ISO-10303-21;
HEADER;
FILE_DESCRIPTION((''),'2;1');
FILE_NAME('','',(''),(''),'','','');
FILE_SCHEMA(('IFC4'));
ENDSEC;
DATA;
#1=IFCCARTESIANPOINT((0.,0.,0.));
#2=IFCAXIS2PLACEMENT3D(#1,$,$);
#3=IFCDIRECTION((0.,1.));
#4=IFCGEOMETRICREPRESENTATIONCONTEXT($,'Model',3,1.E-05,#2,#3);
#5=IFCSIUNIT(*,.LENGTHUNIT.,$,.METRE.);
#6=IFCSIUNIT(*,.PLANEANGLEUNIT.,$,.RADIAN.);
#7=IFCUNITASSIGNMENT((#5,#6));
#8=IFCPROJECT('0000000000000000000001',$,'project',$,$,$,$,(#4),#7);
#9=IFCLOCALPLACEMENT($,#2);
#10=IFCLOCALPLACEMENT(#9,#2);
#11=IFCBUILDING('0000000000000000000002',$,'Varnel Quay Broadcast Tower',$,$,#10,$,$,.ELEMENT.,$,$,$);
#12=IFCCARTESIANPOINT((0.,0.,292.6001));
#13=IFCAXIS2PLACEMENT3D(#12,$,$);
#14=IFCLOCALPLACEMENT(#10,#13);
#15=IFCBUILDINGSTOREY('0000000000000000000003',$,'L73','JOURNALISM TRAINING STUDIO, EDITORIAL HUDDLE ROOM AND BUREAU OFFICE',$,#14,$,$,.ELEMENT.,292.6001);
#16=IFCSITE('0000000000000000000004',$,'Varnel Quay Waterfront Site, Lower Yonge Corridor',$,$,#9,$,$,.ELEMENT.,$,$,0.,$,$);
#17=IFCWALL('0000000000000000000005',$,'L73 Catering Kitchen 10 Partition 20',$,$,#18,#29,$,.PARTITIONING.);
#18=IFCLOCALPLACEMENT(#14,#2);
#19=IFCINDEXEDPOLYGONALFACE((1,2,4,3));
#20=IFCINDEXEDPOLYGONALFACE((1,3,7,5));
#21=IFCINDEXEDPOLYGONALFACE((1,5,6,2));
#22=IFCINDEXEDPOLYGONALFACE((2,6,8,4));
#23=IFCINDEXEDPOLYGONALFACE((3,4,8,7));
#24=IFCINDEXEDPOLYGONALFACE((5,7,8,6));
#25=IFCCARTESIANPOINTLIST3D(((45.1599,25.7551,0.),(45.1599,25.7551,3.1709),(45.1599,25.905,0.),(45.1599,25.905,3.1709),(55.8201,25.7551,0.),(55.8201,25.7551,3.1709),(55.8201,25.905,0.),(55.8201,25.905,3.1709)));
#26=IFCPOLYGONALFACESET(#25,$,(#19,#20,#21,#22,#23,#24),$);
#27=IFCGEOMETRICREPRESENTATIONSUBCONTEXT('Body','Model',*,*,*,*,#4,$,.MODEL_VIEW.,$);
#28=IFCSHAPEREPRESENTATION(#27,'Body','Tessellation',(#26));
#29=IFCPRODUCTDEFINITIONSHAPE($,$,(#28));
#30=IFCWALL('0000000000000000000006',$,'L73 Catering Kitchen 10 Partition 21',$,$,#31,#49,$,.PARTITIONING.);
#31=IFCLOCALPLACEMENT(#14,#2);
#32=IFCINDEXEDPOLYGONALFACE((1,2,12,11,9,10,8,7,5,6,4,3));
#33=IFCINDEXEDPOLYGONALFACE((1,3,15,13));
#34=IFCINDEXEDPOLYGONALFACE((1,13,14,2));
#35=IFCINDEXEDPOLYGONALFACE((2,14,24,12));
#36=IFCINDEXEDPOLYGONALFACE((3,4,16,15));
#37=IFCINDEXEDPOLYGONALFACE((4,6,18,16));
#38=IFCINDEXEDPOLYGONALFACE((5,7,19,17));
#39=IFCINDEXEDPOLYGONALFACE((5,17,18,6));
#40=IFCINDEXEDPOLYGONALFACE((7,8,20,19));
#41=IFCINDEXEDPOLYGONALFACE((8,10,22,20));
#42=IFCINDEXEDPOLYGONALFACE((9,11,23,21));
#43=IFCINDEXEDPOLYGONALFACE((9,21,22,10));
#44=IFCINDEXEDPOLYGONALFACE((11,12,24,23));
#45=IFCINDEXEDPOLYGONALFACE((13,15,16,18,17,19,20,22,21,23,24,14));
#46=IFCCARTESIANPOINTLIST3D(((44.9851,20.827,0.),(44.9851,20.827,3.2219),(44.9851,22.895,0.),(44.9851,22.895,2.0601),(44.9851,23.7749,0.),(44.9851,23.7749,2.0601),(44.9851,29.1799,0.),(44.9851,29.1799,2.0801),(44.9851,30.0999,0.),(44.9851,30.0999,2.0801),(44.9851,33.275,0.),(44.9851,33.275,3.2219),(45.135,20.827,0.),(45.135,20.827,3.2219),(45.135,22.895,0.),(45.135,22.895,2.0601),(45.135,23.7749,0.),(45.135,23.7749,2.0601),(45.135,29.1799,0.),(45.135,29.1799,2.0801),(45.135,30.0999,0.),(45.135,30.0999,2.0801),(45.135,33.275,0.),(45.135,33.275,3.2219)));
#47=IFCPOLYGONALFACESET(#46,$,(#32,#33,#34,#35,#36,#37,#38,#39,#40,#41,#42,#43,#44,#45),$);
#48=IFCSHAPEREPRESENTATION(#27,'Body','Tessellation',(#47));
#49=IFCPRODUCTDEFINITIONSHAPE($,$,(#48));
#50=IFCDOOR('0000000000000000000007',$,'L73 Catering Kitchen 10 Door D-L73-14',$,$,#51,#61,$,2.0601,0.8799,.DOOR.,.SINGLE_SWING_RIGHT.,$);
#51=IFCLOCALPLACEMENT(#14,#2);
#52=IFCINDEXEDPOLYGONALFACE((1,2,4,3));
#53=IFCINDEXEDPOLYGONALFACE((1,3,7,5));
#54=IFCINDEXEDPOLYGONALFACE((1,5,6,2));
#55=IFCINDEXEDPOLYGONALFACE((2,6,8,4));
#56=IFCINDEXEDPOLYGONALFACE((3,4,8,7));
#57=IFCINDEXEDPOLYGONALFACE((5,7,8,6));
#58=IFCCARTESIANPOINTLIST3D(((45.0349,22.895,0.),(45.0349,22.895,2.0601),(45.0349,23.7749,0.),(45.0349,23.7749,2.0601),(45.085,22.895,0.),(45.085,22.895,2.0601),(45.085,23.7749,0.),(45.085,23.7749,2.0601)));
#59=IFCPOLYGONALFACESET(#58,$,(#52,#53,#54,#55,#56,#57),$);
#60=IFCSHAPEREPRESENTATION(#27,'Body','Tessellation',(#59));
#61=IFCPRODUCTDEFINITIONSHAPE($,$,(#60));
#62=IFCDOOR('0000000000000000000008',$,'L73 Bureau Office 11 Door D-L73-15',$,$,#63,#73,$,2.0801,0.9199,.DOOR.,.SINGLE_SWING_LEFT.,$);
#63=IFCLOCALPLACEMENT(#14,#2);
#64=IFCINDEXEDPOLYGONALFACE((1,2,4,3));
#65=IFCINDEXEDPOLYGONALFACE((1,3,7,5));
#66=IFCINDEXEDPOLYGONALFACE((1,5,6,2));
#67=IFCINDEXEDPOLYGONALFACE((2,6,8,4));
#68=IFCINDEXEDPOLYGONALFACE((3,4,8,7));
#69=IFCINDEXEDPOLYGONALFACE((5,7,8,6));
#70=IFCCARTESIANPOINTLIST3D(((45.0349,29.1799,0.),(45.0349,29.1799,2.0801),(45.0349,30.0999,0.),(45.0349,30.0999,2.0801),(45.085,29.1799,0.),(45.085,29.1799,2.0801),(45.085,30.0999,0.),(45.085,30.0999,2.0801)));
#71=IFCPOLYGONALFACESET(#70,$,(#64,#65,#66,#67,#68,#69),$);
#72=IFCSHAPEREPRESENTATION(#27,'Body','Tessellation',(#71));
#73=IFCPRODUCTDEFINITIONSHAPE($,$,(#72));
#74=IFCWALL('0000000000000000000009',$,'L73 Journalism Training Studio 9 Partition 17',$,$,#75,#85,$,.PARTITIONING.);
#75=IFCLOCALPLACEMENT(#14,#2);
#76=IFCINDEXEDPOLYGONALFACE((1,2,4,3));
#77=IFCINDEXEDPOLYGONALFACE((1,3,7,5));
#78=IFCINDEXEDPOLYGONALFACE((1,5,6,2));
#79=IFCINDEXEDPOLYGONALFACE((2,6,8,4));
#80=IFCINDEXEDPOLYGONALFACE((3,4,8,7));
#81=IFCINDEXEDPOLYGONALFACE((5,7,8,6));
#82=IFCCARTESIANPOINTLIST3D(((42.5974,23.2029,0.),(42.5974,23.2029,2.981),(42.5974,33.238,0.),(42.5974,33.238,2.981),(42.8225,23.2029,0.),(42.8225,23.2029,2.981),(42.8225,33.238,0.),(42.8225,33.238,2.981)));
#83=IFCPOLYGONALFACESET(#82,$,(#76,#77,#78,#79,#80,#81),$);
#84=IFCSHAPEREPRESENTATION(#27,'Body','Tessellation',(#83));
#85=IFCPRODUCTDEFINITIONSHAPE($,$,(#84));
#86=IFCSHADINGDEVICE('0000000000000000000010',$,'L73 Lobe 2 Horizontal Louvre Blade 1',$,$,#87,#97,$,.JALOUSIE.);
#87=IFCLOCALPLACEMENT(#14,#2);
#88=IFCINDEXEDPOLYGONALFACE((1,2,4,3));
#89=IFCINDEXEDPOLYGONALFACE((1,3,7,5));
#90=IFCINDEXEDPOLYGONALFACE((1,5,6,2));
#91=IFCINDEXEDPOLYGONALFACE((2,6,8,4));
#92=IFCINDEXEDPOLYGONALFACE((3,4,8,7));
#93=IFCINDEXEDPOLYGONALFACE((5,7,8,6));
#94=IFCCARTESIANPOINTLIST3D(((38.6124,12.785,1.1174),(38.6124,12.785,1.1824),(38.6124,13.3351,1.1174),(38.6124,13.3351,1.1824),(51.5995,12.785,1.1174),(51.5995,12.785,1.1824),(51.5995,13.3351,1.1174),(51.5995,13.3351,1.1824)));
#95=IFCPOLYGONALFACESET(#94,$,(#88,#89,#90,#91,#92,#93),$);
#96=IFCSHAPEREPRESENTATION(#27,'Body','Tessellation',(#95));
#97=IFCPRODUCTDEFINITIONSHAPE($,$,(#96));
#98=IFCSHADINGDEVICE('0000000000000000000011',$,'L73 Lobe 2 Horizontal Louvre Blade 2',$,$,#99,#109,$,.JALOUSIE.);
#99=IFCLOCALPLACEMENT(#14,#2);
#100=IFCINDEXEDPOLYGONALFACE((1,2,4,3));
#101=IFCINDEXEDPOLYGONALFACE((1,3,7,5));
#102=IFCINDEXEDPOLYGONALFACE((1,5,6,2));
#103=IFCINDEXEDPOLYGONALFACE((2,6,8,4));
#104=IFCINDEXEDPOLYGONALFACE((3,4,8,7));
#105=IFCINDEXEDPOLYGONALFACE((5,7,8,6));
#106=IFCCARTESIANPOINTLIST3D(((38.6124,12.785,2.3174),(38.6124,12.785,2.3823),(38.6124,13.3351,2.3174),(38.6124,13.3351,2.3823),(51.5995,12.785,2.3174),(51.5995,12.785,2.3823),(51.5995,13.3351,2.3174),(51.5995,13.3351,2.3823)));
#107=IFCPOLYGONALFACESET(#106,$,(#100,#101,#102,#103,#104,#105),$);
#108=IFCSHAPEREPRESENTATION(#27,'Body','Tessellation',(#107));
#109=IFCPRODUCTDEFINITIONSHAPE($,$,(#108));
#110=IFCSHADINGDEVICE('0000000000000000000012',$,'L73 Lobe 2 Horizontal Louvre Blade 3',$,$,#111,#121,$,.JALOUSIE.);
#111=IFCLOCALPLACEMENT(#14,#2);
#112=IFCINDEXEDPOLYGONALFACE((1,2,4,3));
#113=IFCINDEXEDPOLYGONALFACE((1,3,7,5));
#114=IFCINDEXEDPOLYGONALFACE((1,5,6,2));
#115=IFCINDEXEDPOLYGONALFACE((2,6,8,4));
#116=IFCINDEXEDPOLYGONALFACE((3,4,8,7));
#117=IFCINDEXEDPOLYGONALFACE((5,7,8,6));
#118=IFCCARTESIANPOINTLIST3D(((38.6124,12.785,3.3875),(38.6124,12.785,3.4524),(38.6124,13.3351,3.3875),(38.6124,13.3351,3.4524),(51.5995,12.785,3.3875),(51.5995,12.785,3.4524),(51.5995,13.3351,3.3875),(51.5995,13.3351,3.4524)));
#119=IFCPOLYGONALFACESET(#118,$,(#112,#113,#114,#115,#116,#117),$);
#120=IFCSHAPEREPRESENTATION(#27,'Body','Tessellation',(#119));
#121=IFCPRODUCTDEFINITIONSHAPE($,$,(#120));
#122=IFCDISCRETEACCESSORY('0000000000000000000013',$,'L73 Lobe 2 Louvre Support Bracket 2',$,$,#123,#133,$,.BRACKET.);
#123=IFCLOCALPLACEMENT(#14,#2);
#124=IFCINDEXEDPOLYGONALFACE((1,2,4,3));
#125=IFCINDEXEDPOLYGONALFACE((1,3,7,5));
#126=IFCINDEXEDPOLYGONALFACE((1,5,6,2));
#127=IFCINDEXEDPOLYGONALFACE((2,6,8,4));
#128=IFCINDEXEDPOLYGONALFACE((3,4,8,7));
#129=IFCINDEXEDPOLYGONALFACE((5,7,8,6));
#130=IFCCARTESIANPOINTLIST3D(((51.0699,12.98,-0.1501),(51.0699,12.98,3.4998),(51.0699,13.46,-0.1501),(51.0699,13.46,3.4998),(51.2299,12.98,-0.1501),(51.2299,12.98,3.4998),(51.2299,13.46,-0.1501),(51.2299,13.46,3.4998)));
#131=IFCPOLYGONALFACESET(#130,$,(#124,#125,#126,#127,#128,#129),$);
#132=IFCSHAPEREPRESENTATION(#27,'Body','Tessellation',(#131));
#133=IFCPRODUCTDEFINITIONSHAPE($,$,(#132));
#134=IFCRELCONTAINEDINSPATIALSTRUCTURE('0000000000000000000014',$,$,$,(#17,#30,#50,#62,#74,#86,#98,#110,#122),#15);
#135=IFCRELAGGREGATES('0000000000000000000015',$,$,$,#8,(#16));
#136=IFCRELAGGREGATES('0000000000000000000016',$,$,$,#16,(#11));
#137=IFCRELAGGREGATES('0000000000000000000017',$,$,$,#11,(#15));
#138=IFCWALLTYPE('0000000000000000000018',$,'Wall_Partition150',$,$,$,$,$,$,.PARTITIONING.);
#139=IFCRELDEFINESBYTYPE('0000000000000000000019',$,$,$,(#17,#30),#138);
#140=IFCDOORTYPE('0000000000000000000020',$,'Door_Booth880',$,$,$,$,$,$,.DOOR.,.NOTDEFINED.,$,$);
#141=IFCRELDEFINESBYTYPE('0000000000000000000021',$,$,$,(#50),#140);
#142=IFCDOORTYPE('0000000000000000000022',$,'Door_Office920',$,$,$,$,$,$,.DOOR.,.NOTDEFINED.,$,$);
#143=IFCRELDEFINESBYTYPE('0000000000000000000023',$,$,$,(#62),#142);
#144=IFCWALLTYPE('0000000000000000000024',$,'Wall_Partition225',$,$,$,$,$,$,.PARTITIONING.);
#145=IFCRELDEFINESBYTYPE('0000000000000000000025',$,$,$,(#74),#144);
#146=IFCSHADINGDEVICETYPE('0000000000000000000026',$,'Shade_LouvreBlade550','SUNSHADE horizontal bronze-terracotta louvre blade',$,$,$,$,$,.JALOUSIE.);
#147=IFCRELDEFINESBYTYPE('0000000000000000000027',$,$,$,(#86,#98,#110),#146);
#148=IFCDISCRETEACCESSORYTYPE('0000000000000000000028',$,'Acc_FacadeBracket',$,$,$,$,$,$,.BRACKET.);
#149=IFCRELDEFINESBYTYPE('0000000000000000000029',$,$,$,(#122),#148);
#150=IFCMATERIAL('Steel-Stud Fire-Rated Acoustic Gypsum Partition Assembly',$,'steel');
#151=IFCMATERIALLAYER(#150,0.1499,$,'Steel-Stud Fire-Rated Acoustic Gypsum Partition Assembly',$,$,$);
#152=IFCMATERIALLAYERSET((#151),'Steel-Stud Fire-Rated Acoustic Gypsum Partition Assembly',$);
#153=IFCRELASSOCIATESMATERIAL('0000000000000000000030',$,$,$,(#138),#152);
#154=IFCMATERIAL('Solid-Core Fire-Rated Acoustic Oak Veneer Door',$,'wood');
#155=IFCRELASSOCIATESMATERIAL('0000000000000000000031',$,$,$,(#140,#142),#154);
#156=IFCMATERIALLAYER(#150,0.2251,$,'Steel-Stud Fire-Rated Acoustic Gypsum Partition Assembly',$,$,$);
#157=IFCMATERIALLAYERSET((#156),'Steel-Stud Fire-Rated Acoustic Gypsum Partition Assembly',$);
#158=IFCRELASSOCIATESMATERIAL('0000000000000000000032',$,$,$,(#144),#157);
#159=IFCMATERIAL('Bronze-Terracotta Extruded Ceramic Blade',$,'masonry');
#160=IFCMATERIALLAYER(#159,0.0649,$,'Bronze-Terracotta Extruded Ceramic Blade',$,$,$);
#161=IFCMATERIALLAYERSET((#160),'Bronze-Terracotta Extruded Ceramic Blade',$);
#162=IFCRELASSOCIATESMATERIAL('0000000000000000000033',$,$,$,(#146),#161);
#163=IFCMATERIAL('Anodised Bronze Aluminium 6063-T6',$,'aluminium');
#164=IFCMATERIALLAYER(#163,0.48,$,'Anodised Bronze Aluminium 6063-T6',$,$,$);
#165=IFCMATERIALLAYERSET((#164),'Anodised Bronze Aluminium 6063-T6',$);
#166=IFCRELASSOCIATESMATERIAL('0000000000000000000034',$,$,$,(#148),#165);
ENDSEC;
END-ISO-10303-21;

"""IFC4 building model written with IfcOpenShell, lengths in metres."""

from ifc_helpers import new_model, si_unit, direction, frame, frame_2d, origin, origin_2d, place, context, subcontext, project, spatial, rectangle, extrude, source, transform, mapped, material, layer, layer_set, type_object, type_shapes, element, fill, save


model = new_model("IFC4")

# Units and contexts
model_context = context("Model", 3, precision=1e-05, world=origin(), true_north=direction((0.0, 1.0)))
body_context = subcontext(model_context, "Body", "Model", "MODEL_VIEW")
ifc_project = project(units=[si_unit("LENGTHUNIT", "METRE"), si_unit("PLANEANGLEUNIT", "RADIAN")], contexts=[model_context])

# Site, building, storey
site_placement = place(None, origin())
site = spatial("IfcSite", under=ifc_project, at=site_placement, Name="Varnel Quay Waterfront Site, Lower Yonge Corridor", CompositionType="ELEMENT", RefElevation=0.0)
building_placement = place(site_placement, origin())
building = spatial("IfcBuilding", under=site, at=building_placement, Name="Varnel Quay Broadcast Tower", CompositionType="ELEMENT")
storey_placement = place(building_placement, frame((0.0, 0.0, 292.6001)))
storey = spatial("IfcBuildingStorey", under=building, at=storey_placement, Name="L73", Description="JOURNALISM TRAINING STUDIO, EDITORIAL HUDDLE ROOM AND BUREAU OFFICE", CompositionType="ELEMENT", Elevation=292.6001)

# Shared definitions
ifc_material_1 = material(Name="Anodised Bronze Aluminium 6063-T6", Category="aluminium")

# Wall
ifc_material_2 = material(Name="Steel-Stud Fire-Rated Acoustic Gypsum Partition Assembly", Category="steel")
ifc_layer_1 = layer(ifc_material_2, 0.1499, Name="Steel-Stud Fire-Rated Acoustic Gypsum Partition Assembly")
ifc_layer_set_1 = layer_set([ifc_layer_1], Name="Steel-Stud Fire-Rated Acoustic Gypsum Partition Assembly")
wall_type_1 = type_object("IfcWallType", Name="Wall_Partition150", PredefinedType="PARTITIONING", material=ifc_layer_set_1)
wall_1_placement = place(storey_placement, frame((45.1599, 25.8301, 0.0), z_axis=(0.0, 0.0, 1.0), x_axis=(1.0, 0.0, 0.0)))
element("IfcWall", 1, at=wall_1_placement, inside=storey, type_object=wall_type_1, Name="L73 Catering Kitchen 10 Partition 20", PredefinedType="PARTITIONING", context=body_context, shape_type="SweptSolid", body=[
    extrude(rectangle(XDim=10.6602, YDim=0.1499, at=frame_2d((5.3301, 0.0))), origin(), (0.0, 0.0, 1.0), 3.1709),
])

# Wall, openings, doors
wall_2_placement = place(storey_placement, frame((45.0601, 20.8269, 0.0), z_axis=(0.0, 0.0, 1.0), x_axis=(0.0, 1.0, 0.0)))
wall_2 = element("IfcWall", 2, at=wall_2_placement, inside=storey, type_object=wall_type_1, Name="L73 Catering Kitchen 10 Partition 21", PredefinedType="PARTITIONING", context=body_context, shape_type="SweptSolid", body=[
    extrude(rectangle(XDim=12.448, YDim=0.1499, at=frame_2d((6.2241, 0.0))), origin(), (0.0, 0.0, 1.0), 3.2219),
])
opening_1_placement = place(wall_2_placement, frame((2.0681, 0.0, 0.0)))
opening_1 = element("IfcOpeningElement", 3, at=opening_1_placement, cuts=wall_2, PredefinedType="OPENING", context=body_context, shape_type="SweptSolid", body=[
    extrude(rectangle(XDim=0.8799, YDim=2.0601, at=frame_2d((0.4399, 1.03))), frame((0.0, 0.085, 0.0), z_axis=(0.0, -1.0, 0.0), x_axis=(1.0, 0.0, 0.0)), (0.0, 0.0, 1.0), 0.1699),
])
opening_2_placement = place(wall_2_placement, frame((8.353, 0.0, 0.0)))
opening_2 = element("IfcOpeningElement", 4, at=opening_2_placement, cuts=wall_2, PredefinedType="OPENING", context=body_context, shape_type="SweptSolid", body=[
    extrude(rectangle(XDim=0.9199, YDim=2.0801, at=frame_2d((0.46, 1.04))), frame((0.0, 0.085, 0.0), z_axis=(0.0, -1.0, 0.0), x_axis=(1.0, 0.0, 0.0)), (0.0, 0.0, 1.0), 0.1699),
])
ifc_material_3 = material(Name="Solid-Core Fire-Rated Acoustic Oak Veneer Door", Category="wood")
door_type_1 = type_object("IfcDoorType", Name="Door_Booth880", OperationType="NOTDEFINED", PredefinedType="DOOR", material=ifc_material_3)
shared_shape_1 = source(origin(), body_context, "Body", "SweptSolid", [
    extrude(rectangle(XDim=0.8799, YDim=2.0601, at=frame_2d((0.4399, 1.03))), frame((0.0, 0.0249, 0.0), z_axis=(0.0, -1.0, 0.0), x_axis=(1.0, 0.0, 0.0)), (0.0, 0.0, 1.0), 0.05),
])
type_shapes(door_type_1, [shared_shape_1])
door_1_placement = place(opening_1_placement, frame((0.8799, 0.0, 0.0), z_axis=(0.0, 0.0, 1.0), x_axis=(-1.0, 0.0, 0.0)))
door_1 = element("IfcDoor", 5, at=door_1_placement, inside=storey, type_object=door_type_1, Name="L73 Catering Kitchen 10 Door D-L73-14", OperationType="SINGLE_SWING_RIGHT", OverallHeight=2.0601, OverallWidth=0.8799, PredefinedType="DOOR", context=body_context, shape_type="MappedRepresentation", body=[
    mapped(shared_shape_1, transform((0.0, 0.0, 0.0), x_axis=(1.0, 0.0, 0.0), y_axis=(0.0, 1.0, 0.0), z_axis=(0.0, 0.0, 1.0), scale=1.0)),
])
fill(opening_1, door_1)
door_type_2 = type_object("IfcDoorType", Name="Door_Office920", OperationType="NOTDEFINED", PredefinedType="DOOR", material=ifc_material_3)
shared_shape_2 = source(origin(), body_context, "Body", "SweptSolid", [
    extrude(rectangle(XDim=0.9199, YDim=2.0801, at=frame_2d((0.46, 1.04))), frame((0.0, 0.0249, 0.0), z_axis=(0.0, -1.0, 0.0), x_axis=(1.0, 0.0, 0.0)), (0.0, 0.0, 1.0), 0.05),
])
type_shapes(door_type_2, [shared_shape_2])
door_2_placement = place(opening_2_placement, frame((0.9199, 0.0, 0.0), z_axis=(0.0, 0.0, 1.0), x_axis=(-1.0, 0.0, 0.0)))
door_2 = element("IfcDoor", 6, at=door_2_placement, inside=storey, type_object=door_type_2, Name="L73 Bureau Office 11 Door D-L73-15", OperationType="SINGLE_SWING_LEFT", OverallHeight=2.0801, OverallWidth=0.9199, PredefinedType="DOOR", context=body_context, shape_type="MappedRepresentation", body=[
    mapped(shared_shape_2, transform((0.0, 0.0, 0.0), x_axis=(1.0, 0.0, 0.0), y_axis=(0.0, 1.0, 0.0), z_axis=(0.0, 0.0, 1.0), scale=1.0)),
])
fill(opening_2, door_2)

# Wall
ifc_layer_2 = layer(ifc_material_2, 0.2251, Name="Steel-Stud Fire-Rated Acoustic Gypsum Partition Assembly")
ifc_layer_set_2 = layer_set([ifc_layer_2], Name="Steel-Stud Fire-Rated Acoustic Gypsum Partition Assembly")
wall_type_2 = type_object("IfcWallType", Name="Wall_Partition225", PredefinedType="PARTITIONING", material=ifc_layer_set_2)
wall_3_placement = place(storey_placement, frame((42.71, 23.2029, 0.0), z_axis=(0.0, 0.0, 1.0), x_axis=(0.0, 1.0, 0.0)))
element("IfcWall", 7, at=wall_3_placement, inside=storey, type_object=wall_type_2, Name="L73 Journalism Training Studio 9 Partition 17", PredefinedType="PARTITIONING", context=body_context, shape_type="SweptSolid", body=[
    extrude(rectangle(XDim=10.0352, YDim=0.2251, at=frame_2d((5.0176, 0.0))), origin(), (0.0, 0.0, 1.0), 2.981),
])

# Shading devices
ifc_material_4 = material(Name="Bronze-Terracotta Extruded Ceramic Blade", Category="masonry")
ifc_layer_3 = layer(ifc_material_4, 0.0649, Name="Bronze-Terracotta Extruded Ceramic Blade")
ifc_layer_set_3 = layer_set([ifc_layer_3], Name="Bronze-Terracotta Extruded Ceramic Blade")
shading_device_type = type_object("IfcShadingDeviceType", Name="Shade_LouvreBlade550", Description="SUNSHADE horizontal bronze-terracotta louvre blade", PredefinedType="JALOUSIE", material=ifc_layer_set_3)
shared_shape_3 = source(origin(), body_context, "Body", "SweptSolid", [
    extrude(rectangle(XDim=12.9871, YDim=0.55, at=origin_2d()), origin(), (0.0, 0.0, 1.0), 0.0649),
])
type_shapes(shading_device_type, [shared_shape_3])
for number, where, z_axis, x_axis, name in (
    (8, (45.106, 13.0601, 1.1174), (0.0, 0.0, 1.0), (1.0, 0.0, 0.0), "L73 Lobe 2 Horizontal Louvre Blade 1"),
    (9, (45.106, 13.0601, 2.3174), (0.0, 0.0, 1.0), (1.0, 0.0, 0.0), "L73 Lobe 2 Horizontal Louvre Blade 2"),
    (10, (45.106, 13.0601, 3.3875), (0.0, 0.0, 1.0), (1.0, 0.0, 0.0), "L73 Lobe 2 Horizontal Louvre Blade 3"),
):
    element("IfcShadingDevice", number, at=place(storey_placement, frame(where, z_axis=z_axis, x_axis=x_axis)), inside=storey, type_object=shading_device_type, Name=name, PredefinedType="JALOUSIE", context=body_context, shape_type="MappedRepresentation", body=[
        mapped(shared_shape_3, transform((0.0, 0.0, 0.0), x_axis=(1.0, 0.0, 0.0), y_axis=(0.0, 1.0, 0.0), z_axis=(0.0, 0.0, 1.0), scale=1.0)),
    ])

# Discrete accessory
ifc_layer_4 = layer(ifc_material_1, 0.48, Name="Anodised Bronze Aluminium 6063-T6")
ifc_layer_set_4 = layer_set([ifc_layer_4], Name="Anodised Bronze Aluminium 6063-T6")
discrete_accessory_type = type_object("IfcDiscreteAccessoryType", Name="Acc_FacadeBracket", PredefinedType="BRACKET", material=ifc_layer_set_4)
shared_shape_4 = source(origin(), body_context, "Body", "SweptSolid", [
    extrude(rectangle(XDim=0.1599, YDim=0.48, at=origin_2d()), origin(), (0.0, 0.0, 1.0), 3.6499),
])
type_shapes(discrete_accessory_type, [shared_shape_4])
discrete_accessory_placement = place(storey_placement, frame((51.1499, 13.22, -0.1501), z_axis=(0.0, 0.0, 1.0), x_axis=(1.0, 0.0, 0.0)))
element("IfcDiscreteAccessory", 11, at=discrete_accessory_placement, inside=storey, type_object=discrete_accessory_type, Name="L73 Lobe 2 Louvre Support Bracket 2", PredefinedType="BRACKET", context=body_context, shape_type="MappedRepresentation", body=[
    mapped(shared_shape_4, transform((0.0, 0.0, 0.0), x_axis=(1.0, 0.0, 0.0), y_axis=(0.0, 1.0, 0.0), z_axis=(0.0, 0.0, 1.0), scale=1.0)),
])

save(model, "model.ifc")
